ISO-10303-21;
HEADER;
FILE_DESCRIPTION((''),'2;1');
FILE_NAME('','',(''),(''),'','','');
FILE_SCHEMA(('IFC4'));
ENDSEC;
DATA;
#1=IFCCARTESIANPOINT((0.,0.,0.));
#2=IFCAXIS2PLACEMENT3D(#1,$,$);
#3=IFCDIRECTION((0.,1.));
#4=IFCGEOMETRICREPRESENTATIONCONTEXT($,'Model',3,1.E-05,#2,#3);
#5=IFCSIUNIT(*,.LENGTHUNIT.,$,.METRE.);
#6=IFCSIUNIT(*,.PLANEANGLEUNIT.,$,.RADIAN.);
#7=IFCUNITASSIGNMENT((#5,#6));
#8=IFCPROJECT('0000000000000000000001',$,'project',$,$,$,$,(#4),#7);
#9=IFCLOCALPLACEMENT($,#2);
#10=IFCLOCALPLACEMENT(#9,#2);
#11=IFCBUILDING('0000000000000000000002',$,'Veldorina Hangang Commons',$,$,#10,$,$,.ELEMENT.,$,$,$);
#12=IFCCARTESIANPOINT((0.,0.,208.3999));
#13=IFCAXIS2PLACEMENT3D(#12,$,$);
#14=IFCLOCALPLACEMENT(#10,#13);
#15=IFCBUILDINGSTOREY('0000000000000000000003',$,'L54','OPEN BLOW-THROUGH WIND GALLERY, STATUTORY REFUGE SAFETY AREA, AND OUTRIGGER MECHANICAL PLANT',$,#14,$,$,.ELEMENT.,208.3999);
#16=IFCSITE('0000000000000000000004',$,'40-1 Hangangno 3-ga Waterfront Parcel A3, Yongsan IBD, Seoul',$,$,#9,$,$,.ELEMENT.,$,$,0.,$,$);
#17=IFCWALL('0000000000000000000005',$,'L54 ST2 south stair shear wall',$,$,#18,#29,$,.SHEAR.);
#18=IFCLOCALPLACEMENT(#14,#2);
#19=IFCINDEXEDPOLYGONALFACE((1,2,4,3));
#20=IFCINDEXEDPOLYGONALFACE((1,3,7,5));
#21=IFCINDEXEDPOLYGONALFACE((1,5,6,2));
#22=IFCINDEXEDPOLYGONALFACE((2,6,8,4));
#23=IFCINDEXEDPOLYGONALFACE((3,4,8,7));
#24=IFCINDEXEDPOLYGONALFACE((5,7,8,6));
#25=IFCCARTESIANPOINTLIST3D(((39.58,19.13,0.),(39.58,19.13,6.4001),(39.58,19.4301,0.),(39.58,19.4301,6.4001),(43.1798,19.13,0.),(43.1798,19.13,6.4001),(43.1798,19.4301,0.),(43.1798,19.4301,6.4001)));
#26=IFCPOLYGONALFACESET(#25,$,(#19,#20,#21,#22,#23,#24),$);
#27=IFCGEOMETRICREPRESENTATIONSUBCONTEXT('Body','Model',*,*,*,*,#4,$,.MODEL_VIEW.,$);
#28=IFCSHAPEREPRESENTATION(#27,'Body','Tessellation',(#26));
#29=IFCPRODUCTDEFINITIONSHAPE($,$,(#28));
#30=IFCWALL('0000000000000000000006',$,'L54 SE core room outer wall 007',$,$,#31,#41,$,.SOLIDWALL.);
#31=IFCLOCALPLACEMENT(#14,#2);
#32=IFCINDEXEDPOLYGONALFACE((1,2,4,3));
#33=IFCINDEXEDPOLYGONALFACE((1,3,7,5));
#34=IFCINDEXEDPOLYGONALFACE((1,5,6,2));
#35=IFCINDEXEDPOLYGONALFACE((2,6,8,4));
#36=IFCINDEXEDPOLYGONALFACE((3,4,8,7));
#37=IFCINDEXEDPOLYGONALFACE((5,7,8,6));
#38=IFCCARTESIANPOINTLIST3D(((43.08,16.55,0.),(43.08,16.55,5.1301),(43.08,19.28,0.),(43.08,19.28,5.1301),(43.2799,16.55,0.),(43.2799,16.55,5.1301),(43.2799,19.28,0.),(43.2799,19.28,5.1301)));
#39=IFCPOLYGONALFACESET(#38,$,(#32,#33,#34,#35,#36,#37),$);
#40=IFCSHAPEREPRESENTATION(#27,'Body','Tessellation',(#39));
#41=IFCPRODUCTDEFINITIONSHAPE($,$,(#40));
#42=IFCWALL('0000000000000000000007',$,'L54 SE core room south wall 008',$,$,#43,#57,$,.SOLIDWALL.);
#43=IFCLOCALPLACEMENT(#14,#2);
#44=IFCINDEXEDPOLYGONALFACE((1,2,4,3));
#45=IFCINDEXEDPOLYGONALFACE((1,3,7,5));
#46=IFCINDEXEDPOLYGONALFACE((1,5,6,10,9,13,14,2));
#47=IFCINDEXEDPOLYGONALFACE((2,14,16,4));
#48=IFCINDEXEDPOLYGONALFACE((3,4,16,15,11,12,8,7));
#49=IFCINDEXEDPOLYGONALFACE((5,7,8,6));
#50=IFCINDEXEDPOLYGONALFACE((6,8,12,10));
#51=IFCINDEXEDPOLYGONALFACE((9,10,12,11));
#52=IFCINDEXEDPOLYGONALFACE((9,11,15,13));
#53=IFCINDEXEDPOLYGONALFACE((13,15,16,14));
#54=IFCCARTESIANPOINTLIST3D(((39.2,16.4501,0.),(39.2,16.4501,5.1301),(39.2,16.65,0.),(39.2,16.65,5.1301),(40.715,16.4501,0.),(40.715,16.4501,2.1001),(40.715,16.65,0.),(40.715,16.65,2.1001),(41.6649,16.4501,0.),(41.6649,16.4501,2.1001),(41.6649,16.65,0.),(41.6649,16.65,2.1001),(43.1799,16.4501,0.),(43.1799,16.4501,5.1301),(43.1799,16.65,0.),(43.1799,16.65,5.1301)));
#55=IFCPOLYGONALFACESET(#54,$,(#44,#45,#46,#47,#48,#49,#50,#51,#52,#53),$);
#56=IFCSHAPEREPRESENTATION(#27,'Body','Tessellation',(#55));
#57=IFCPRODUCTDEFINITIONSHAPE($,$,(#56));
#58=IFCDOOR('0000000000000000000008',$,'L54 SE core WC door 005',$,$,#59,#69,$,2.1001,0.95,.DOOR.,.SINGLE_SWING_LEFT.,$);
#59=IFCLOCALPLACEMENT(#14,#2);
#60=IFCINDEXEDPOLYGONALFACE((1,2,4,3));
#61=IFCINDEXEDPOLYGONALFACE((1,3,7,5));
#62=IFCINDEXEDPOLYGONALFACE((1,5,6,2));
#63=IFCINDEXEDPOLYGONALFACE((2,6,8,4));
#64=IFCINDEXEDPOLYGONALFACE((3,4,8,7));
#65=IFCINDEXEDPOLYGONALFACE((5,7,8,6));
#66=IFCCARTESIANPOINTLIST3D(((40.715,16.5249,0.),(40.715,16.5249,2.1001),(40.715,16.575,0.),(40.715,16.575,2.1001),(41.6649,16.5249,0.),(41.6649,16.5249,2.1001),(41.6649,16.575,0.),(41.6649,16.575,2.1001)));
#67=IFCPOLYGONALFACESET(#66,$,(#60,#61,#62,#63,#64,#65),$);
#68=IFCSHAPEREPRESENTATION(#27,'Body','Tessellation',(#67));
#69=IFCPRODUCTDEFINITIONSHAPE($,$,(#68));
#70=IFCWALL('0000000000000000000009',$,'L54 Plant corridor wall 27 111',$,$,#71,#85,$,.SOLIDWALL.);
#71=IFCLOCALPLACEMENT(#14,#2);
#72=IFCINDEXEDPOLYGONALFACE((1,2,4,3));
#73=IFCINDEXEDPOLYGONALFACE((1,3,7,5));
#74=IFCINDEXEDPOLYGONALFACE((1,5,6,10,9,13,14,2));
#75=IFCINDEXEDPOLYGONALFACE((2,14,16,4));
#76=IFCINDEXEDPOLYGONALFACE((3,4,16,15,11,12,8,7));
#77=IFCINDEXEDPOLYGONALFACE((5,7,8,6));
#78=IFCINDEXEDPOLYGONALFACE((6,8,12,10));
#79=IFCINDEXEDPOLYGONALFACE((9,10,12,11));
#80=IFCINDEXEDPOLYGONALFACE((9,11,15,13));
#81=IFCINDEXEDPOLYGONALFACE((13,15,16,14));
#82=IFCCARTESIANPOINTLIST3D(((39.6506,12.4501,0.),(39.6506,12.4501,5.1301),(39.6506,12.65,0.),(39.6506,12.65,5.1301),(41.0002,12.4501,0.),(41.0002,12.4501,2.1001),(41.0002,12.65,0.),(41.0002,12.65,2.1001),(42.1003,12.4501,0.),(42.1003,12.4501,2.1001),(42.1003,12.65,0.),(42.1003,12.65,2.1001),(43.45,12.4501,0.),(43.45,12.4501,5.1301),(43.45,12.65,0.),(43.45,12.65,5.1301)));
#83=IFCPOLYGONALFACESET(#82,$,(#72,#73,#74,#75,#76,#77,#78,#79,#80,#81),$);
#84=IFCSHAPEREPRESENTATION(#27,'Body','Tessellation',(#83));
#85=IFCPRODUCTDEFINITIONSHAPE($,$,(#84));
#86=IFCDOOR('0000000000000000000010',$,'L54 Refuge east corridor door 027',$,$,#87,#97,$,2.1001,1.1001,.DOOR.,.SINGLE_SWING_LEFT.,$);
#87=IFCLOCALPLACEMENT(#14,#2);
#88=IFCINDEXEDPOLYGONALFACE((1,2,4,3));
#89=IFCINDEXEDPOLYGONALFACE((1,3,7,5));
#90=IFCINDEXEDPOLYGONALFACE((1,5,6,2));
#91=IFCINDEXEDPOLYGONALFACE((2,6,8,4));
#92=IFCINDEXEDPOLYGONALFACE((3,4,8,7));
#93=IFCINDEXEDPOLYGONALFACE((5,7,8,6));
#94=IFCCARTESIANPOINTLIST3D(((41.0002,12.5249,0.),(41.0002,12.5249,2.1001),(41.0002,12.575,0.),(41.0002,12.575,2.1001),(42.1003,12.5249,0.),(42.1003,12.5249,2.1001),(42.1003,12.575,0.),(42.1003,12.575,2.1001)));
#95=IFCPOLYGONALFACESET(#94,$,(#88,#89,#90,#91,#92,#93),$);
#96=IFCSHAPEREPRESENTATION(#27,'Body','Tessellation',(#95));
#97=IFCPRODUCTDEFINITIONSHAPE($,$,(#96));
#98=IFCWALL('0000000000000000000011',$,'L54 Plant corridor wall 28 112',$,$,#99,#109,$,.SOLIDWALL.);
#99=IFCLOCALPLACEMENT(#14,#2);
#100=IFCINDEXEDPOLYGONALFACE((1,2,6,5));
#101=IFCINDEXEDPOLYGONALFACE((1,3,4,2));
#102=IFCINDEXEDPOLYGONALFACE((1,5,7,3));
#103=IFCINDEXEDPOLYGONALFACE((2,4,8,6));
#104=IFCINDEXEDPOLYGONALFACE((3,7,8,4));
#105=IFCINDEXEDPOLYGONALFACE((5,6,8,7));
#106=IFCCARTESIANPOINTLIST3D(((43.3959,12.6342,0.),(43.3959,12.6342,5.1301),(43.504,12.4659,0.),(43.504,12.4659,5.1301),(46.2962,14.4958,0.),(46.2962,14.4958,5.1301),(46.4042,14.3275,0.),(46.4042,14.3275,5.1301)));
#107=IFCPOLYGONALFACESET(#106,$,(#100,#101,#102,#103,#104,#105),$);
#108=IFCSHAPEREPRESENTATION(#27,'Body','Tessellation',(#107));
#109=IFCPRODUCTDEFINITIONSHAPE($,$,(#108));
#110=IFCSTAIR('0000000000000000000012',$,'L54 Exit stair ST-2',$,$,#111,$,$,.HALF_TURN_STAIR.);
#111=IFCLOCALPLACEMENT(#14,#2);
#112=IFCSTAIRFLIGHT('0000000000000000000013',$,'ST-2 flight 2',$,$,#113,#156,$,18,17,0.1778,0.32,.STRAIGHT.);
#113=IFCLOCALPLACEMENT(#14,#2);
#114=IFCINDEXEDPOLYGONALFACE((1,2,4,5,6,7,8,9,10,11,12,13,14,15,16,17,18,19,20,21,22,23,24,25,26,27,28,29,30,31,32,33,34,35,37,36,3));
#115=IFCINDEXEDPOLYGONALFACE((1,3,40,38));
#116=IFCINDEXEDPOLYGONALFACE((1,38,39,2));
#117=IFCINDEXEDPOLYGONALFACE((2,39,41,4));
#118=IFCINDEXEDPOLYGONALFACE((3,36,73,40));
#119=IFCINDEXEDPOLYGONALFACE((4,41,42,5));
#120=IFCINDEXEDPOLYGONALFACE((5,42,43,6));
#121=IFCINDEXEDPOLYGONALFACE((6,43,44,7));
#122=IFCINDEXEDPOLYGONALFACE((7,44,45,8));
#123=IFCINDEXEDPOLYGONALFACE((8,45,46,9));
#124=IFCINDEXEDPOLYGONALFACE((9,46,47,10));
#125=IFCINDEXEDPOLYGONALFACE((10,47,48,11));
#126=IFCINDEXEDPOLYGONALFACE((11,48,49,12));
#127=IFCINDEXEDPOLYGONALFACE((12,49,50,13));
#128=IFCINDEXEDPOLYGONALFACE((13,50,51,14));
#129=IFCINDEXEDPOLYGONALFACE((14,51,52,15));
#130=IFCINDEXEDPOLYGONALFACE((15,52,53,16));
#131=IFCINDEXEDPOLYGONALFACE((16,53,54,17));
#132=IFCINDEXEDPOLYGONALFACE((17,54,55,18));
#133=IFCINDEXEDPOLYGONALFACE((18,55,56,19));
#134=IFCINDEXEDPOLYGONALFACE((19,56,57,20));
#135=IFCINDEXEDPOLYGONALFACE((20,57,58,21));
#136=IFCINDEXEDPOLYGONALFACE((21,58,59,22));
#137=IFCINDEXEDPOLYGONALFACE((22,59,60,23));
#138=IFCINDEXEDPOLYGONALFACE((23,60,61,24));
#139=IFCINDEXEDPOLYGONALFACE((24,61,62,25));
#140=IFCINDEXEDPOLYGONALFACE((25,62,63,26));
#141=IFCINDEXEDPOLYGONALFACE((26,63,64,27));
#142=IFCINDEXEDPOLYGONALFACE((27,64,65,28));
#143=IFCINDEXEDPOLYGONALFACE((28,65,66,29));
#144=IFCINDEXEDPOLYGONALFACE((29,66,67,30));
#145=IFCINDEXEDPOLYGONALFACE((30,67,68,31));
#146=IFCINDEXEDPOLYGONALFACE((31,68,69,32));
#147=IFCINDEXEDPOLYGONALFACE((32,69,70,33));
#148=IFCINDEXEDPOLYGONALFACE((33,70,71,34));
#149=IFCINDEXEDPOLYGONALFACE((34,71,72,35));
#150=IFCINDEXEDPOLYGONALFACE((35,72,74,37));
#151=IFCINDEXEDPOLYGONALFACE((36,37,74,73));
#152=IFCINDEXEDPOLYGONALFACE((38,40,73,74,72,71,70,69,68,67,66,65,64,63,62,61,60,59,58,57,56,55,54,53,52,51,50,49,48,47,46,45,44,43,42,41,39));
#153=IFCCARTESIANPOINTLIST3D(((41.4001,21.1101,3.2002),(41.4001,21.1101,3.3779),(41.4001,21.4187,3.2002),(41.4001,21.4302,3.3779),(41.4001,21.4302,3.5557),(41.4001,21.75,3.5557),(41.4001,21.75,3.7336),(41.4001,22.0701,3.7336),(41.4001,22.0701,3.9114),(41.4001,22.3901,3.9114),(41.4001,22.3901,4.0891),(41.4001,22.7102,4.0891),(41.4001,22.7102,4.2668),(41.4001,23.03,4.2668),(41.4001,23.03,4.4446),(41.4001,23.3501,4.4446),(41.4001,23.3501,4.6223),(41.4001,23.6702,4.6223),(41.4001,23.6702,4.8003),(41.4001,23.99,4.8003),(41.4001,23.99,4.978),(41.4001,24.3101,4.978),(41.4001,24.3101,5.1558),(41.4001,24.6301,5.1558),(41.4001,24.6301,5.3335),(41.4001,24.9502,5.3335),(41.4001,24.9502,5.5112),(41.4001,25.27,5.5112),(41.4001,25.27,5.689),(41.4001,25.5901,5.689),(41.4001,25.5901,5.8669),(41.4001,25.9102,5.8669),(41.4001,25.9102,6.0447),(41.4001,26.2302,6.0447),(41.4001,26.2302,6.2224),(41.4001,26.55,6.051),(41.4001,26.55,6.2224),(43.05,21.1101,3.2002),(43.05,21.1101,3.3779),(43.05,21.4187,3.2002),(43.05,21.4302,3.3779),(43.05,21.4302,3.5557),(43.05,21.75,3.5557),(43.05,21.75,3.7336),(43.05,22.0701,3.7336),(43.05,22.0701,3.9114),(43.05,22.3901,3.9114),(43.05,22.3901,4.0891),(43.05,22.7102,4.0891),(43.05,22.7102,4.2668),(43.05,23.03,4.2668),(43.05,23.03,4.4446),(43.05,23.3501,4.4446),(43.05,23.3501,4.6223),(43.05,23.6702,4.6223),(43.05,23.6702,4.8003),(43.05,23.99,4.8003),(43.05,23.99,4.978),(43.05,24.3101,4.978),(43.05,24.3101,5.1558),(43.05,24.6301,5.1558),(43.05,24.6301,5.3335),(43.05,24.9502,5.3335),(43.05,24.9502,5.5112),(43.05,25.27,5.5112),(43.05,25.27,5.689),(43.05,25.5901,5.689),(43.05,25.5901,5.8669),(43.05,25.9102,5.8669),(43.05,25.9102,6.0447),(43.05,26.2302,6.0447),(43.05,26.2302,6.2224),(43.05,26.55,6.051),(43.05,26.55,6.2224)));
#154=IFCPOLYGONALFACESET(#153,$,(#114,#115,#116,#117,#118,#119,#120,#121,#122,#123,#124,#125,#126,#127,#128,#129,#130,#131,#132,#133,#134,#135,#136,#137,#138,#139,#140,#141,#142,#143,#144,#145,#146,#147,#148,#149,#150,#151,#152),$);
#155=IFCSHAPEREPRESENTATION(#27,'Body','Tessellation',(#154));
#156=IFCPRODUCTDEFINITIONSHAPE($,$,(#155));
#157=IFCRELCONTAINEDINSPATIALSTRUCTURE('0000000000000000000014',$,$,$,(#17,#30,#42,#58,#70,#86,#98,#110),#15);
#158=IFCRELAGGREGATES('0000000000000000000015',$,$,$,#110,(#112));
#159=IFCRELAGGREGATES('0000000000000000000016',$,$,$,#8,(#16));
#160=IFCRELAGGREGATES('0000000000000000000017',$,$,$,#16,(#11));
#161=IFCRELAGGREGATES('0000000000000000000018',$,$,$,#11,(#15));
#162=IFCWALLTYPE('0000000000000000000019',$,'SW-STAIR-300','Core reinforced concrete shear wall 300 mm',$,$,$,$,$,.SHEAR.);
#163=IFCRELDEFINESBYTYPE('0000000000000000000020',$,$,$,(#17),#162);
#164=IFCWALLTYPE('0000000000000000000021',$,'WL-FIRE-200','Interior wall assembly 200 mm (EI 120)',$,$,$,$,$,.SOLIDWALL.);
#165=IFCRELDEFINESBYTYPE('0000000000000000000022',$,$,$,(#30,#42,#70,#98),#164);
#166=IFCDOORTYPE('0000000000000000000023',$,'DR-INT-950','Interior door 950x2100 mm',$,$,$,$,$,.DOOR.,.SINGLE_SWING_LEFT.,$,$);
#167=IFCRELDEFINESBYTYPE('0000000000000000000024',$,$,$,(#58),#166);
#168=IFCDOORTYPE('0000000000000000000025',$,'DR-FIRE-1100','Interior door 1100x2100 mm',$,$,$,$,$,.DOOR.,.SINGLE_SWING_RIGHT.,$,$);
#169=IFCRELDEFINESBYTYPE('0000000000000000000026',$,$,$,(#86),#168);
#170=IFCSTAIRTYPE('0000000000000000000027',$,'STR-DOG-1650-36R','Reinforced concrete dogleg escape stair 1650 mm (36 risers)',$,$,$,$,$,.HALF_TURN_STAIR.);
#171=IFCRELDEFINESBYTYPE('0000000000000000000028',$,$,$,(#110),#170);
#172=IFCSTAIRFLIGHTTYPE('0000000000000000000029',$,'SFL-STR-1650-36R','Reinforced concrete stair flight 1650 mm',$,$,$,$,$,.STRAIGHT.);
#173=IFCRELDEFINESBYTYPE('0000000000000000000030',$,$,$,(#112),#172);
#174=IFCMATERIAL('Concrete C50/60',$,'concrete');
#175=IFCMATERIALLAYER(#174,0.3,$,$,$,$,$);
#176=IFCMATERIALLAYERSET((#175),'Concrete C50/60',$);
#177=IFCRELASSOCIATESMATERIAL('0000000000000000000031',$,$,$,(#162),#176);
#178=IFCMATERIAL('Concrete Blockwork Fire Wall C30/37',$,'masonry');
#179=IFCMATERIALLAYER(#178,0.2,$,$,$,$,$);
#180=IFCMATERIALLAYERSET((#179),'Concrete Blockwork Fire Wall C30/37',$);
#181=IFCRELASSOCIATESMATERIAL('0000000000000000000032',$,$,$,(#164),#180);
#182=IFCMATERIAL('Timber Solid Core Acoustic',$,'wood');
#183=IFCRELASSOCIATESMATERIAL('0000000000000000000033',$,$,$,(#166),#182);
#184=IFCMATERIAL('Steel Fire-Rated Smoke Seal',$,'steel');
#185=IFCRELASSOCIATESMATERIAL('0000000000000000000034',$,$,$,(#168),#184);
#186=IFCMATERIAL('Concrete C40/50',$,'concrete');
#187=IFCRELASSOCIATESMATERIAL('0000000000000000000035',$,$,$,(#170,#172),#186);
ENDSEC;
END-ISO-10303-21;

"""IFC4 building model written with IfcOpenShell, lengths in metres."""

from ifc_helpers import new_model, si_unit, direction, frame, frame_2d, origin, place, context, subcontext, project, spatial, polyline, rectangle, outline, extrude, material, layer, layer_set, type_object, element, fill, aggregate, save


model = new_model("IFC4")

# Units and contexts
model_context = context("Model", 3, precision=1e-05, world=origin(), true_north=direction((0.0, 1.0)))
body_context = subcontext(model_context, "Body", "Model", "MODEL_VIEW")
ifc_project = project(units=[si_unit("LENGTHUNIT", "METRE"), si_unit("PLANEANGLEUNIT", "RADIAN")], contexts=[model_context])

# Site, building, storey
site_placement = place(None, origin())
site = spatial("IfcSite", under=ifc_project, at=site_placement, Name="40-1 Hangangno 3-ga Waterfront Parcel A3, Yongsan IBD, Seoul", CompositionType="ELEMENT", RefElevation=0.0)
building_placement = place(site_placement, origin())
building = spatial("IfcBuilding", under=site, at=building_placement, Name="Veldorina Hangang Commons", CompositionType="ELEMENT")
storey_placement = place(building_placement, frame((0.0, 0.0, 208.3999)))
storey = spatial("IfcBuildingStorey", under=building, at=storey_placement, Name="L54", Description="OPEN BLOW-THROUGH WIND GALLERY, STATUTORY REFUGE SAFETY AREA, AND OUTRIGGER MECHANICAL PLANT", CompositionType="ELEMENT", Elevation=208.3999)

# Walls
ifc_material_1 = material(Name="Concrete C50/60", Category="concrete")
ifc_layer_1 = layer(ifc_material_1, 0.3)
ifc_layer_set_1 = layer_set([ifc_layer_1], Name="Concrete C50/60")
wall_type_1 = type_object("IfcWallType", Name="SW-STAIR-300", Description="Core reinforced concrete shear wall 300 mm", PredefinedType="SHEAR", material=ifc_layer_set_1)
wall_1_placement = place(storey_placement, frame((39.5801, 19.28, 0.0), z_axis=(0.0, 0.0, 1.0), x_axis=(1.0, 0.0, 0.0)))
element("IfcWall", 1, at=wall_1_placement, inside=storey, type_object=wall_type_1, Name="L54 ST2 south stair shear wall", PredefinedType="SHEAR", context=body_context, shape_type="SweptSolid", body=[
    extrude(rectangle(XDim=3.5999, YDim=0.3, at=frame_2d((1.7998, 0.0))), origin(), (0.0, 0.0, 1.0), 6.4001),
])
ifc_material_2 = material(Name="Concrete Blockwork Fire Wall C30/37", Category="masonry")
ifc_layer_2 = layer(ifc_material_2, 0.2)
ifc_layer_set_2 = layer_set([ifc_layer_2], Name="Concrete Blockwork Fire Wall C30/37")
wall_type_2 = type_object("IfcWallType", Name="WL-FIRE-200", Description="Interior wall assembly 200 mm (EI 120)", PredefinedType="SOLIDWALL", material=ifc_layer_set_2)
wall_2_placement = place(storey_placement, frame((43.1799, 16.55, 0.0), z_axis=(0.0, 0.0, 1.0), x_axis=(0.0, 1.0, 0.0)))
element("IfcWall", 2, at=wall_2_placement, inside=storey, type_object=wall_type_2, Name="L54 SE core room outer wall 007", PredefinedType="SOLIDWALL", context=body_context, shape_type="SweptSolid", body=[
    extrude(rectangle(XDim=2.73, YDim=0.2, at=frame_2d((1.365, 0.0))), origin(), (0.0, 0.0, 1.0), 5.1301),
])

# Walls, openings, doors
wall_3_placement = place(storey_placement, frame((39.2, 16.55, 0.0), z_axis=(0.0, 0.0, 1.0), x_axis=(1.0, 0.0, 0.0)))
wall_3 = element("IfcWall", 3, at=wall_3_placement, inside=storey, type_object=wall_type_2, Name="L54 SE core room south wall 008", PredefinedType="SOLIDWALL", context=body_context, shape_type="SweptSolid", body=[
    extrude(rectangle(XDim=3.98, YDim=0.2, at=frame_2d((1.99, 0.0))), origin(), (0.0, 0.0, 1.0), 5.1301),
])
opening_1_placement = place(wall_3_placement, frame((1.5149, 0.0, 0.0)))
opening_1 = element("IfcOpeningElement", 4, at=opening_1_placement, cuts=wall_3, PredefinedType="OPENING", context=body_context, shape_type="SweptSolid", body=[
    extrude(rectangle(XDim=0.95, YDim=2.1001, at=frame_2d((0.4751, 1.05))), frame((0.0, 0.1099, 0.0), z_axis=(0.0, -1.0, 0.0), x_axis=(1.0, 0.0, 0.0)), (0.0, 0.0, 1.0), 0.22),
])
ifc_material_3 = material(Name="Timber Solid Core Acoustic", Category="wood")
door_type_1 = type_object("IfcDoorType", Name="DR-INT-950", Description="Interior door 950x2100 mm", OperationType="SINGLE_SWING_LEFT", PredefinedType="DOOR", material=ifc_material_3)
door_1_placement = place(opening_1_placement, origin())
door_1 = element("IfcDoor", 5, at=door_1_placement, inside=storey, type_object=door_type_1, Name="L54 SE core WC door 005", OperationType="SINGLE_SWING_LEFT", OverallHeight=2.1001, OverallWidth=0.95, PredefinedType="DOOR", context=body_context, shape_type="SweptSolid", body=[
    extrude(rectangle(XDim=0.95, YDim=2.1001, at=frame_2d((0.4751, 1.05))), frame((0.0, 0.0249, 0.0), z_axis=(0.0, -1.0, 0.0), x_axis=(1.0, 0.0, 0.0)), (0.0, 0.0, 1.0), 0.05),
])
fill(opening_1, door_1)
wall_4_placement = place(storey_placement, frame((39.6506, 12.55, 0.0), z_axis=(0.0, 0.0, 1.0), x_axis=(1.0, 0.0, 0.0)))
wall_4 = element("IfcWall", 6, at=wall_4_placement, inside=storey, type_object=wall_type_2, Name="L54 Plant corridor wall 27 111", PredefinedType="SOLIDWALL", context=body_context, shape_type="SweptSolid", body=[
    extrude(rectangle(XDim=3.7993, YDim=0.2, at=frame_2d((1.8997, 0.0))), origin(), (0.0, 0.0, 1.0), 5.1301),
])
opening_2_placement = place(wall_4_placement, frame((1.3496, 0.0, 0.0)))
opening_2 = element("IfcOpeningElement", 7, at=opening_2_placement, cuts=wall_4, PredefinedType="OPENING", context=body_context, shape_type="SweptSolid", body=[
    extrude(rectangle(XDim=1.1001, YDim=2.1001, at=frame_2d((0.55, 1.05))), frame((0.0, 0.1099, 0.0), z_axis=(0.0, -1.0, 0.0), x_axis=(1.0, 0.0, 0.0)), (0.0, 0.0, 1.0), 0.22),
])
ifc_material_4 = material(Name="Steel Fire-Rated Smoke Seal", Category="steel")
door_type_2 = type_object("IfcDoorType", Name="DR-FIRE-1100", Description="Interior door 1100x2100 mm", OperationType="SINGLE_SWING_RIGHT", PredefinedType="DOOR", material=ifc_material_4)
door_2_placement = place(opening_2_placement, origin())
door_2 = element("IfcDoor", 8, at=door_2_placement, inside=storey, type_object=door_type_2, Name="L54 Refuge east corridor door 027", OperationType="SINGLE_SWING_LEFT", OverallHeight=2.1001, OverallWidth=1.1001, PredefinedType="DOOR", context=body_context, shape_type="SweptSolid", body=[
    extrude(rectangle(XDim=1.1001, YDim=2.1001, at=frame_2d((0.55, 1.05))), frame((0.0, 0.0249, 0.0), z_axis=(0.0, -1.0, 0.0), x_axis=(1.0, 0.0, 0.0)), (0.0, 0.0, 1.0), 0.05),
])
fill(opening_2, door_2)

# Wall
wall_5_placement = place(storey_placement, frame((43.45, 12.55, 0.0), z_axis=(0.0, 0.0, 1.0), x_axis=(0.841549, 0.540181, 0.0)))
element("IfcWall", 9, at=wall_5_placement, inside=storey, type_object=wall_type_2, Name="L54 Plant corridor wall 28 112", PredefinedType="SOLIDWALL", context=body_context, shape_type="SweptSolid", body=[
    extrude(rectangle(XDim=3.4463, YDim=0.2, at=frame_2d((1.7231, 0.0))), origin(), (0.0, 0.0, 1.0), 5.1301),
])

# Stair, stair flight
ifc_material_5 = material(Name="Concrete C40/50", Category="concrete")
stair_type = type_object("IfcStairType", Name="STR-DOG-1650-36R", Description="Reinforced concrete dogleg escape stair 1650 mm (36 risers)", PredefinedType="HALF_TURN_STAIR", material=ifc_material_5)
stair_placement = place(storey_placement, origin())
stair = element("IfcStair", 10, at=stair_placement, inside=storey, type_object=stair_type, Name="L54 Exit stair ST-2", PredefinedType="HALF_TURN_STAIR")
stair_flight_type = type_object("IfcStairFlightType", Name="SFL-STR-1650-36R", Description="Reinforced concrete stair flight 1650 mm", PredefinedType="STRAIGHT", material=ifc_material_5)
stair_flight_placement = place(storey_placement, frame((42.2251, 21.1101, 3.2002), z_axis=(0.0, 0.0, 1.0), x_axis=(0.0, 1.0, 0.0)))
stair_flight = element("IfcStairFlight", 11, at=stair_flight_placement, type_object=stair_flight_type, Name="ST-2 flight 2", NumberOfRisers=18, NumberOfTreads=17, PredefinedType="STRAIGHT", RiserHeight=0.1778, TreadLength=0.32, context=body_context, shape_type="SweptSolid", body=[
    extrude(outline(polyline([(0.0, 0.0), (0.0, 0.1777), (0.3201, 0.1777), (0.3201, 0.3555), (0.6399, 0.3555), (0.6399, 0.5334), (0.96, 0.5334), (0.96, 0.7112), (1.28, 0.7112), (1.28, 0.8889), (1.6001, 0.8889), (1.6001, 1.0667), (1.9199, 1.0667), (1.9199, 1.2444), (2.24, 1.2444), (2.24, 1.4221), (2.5601, 1.4221), (2.5601, 1.6001), (2.8799, 1.6001), (2.8799, 1.7778), (3.2, 1.7778), (3.2, 1.9556), (3.52, 1.9556), (3.52, 2.1333), (3.8401, 2.1333), (3.8401, 2.311), (4.1599, 2.311), (4.1599, 2.4888), (4.48, 2.4888), (4.48, 2.6667), (4.8, 2.6667), (4.8, 2.8445), (5.1201, 2.8445), (5.1201, 3.0222), (5.4399, 3.0222), (5.4399, 3.2), (5.4399, 2.8508), (0.3086, 0.0), (0.0, 0.0)])), frame((0.0, 0.825, 0.0), z_axis=(0.0, -1.0, 0.0), x_axis=(1.0, 0.0, 0.0)), (0.0, 0.0, 1.0), 1.6499),
])
aggregate(stair, [stair_flight])

save(model, "model.ifc")
